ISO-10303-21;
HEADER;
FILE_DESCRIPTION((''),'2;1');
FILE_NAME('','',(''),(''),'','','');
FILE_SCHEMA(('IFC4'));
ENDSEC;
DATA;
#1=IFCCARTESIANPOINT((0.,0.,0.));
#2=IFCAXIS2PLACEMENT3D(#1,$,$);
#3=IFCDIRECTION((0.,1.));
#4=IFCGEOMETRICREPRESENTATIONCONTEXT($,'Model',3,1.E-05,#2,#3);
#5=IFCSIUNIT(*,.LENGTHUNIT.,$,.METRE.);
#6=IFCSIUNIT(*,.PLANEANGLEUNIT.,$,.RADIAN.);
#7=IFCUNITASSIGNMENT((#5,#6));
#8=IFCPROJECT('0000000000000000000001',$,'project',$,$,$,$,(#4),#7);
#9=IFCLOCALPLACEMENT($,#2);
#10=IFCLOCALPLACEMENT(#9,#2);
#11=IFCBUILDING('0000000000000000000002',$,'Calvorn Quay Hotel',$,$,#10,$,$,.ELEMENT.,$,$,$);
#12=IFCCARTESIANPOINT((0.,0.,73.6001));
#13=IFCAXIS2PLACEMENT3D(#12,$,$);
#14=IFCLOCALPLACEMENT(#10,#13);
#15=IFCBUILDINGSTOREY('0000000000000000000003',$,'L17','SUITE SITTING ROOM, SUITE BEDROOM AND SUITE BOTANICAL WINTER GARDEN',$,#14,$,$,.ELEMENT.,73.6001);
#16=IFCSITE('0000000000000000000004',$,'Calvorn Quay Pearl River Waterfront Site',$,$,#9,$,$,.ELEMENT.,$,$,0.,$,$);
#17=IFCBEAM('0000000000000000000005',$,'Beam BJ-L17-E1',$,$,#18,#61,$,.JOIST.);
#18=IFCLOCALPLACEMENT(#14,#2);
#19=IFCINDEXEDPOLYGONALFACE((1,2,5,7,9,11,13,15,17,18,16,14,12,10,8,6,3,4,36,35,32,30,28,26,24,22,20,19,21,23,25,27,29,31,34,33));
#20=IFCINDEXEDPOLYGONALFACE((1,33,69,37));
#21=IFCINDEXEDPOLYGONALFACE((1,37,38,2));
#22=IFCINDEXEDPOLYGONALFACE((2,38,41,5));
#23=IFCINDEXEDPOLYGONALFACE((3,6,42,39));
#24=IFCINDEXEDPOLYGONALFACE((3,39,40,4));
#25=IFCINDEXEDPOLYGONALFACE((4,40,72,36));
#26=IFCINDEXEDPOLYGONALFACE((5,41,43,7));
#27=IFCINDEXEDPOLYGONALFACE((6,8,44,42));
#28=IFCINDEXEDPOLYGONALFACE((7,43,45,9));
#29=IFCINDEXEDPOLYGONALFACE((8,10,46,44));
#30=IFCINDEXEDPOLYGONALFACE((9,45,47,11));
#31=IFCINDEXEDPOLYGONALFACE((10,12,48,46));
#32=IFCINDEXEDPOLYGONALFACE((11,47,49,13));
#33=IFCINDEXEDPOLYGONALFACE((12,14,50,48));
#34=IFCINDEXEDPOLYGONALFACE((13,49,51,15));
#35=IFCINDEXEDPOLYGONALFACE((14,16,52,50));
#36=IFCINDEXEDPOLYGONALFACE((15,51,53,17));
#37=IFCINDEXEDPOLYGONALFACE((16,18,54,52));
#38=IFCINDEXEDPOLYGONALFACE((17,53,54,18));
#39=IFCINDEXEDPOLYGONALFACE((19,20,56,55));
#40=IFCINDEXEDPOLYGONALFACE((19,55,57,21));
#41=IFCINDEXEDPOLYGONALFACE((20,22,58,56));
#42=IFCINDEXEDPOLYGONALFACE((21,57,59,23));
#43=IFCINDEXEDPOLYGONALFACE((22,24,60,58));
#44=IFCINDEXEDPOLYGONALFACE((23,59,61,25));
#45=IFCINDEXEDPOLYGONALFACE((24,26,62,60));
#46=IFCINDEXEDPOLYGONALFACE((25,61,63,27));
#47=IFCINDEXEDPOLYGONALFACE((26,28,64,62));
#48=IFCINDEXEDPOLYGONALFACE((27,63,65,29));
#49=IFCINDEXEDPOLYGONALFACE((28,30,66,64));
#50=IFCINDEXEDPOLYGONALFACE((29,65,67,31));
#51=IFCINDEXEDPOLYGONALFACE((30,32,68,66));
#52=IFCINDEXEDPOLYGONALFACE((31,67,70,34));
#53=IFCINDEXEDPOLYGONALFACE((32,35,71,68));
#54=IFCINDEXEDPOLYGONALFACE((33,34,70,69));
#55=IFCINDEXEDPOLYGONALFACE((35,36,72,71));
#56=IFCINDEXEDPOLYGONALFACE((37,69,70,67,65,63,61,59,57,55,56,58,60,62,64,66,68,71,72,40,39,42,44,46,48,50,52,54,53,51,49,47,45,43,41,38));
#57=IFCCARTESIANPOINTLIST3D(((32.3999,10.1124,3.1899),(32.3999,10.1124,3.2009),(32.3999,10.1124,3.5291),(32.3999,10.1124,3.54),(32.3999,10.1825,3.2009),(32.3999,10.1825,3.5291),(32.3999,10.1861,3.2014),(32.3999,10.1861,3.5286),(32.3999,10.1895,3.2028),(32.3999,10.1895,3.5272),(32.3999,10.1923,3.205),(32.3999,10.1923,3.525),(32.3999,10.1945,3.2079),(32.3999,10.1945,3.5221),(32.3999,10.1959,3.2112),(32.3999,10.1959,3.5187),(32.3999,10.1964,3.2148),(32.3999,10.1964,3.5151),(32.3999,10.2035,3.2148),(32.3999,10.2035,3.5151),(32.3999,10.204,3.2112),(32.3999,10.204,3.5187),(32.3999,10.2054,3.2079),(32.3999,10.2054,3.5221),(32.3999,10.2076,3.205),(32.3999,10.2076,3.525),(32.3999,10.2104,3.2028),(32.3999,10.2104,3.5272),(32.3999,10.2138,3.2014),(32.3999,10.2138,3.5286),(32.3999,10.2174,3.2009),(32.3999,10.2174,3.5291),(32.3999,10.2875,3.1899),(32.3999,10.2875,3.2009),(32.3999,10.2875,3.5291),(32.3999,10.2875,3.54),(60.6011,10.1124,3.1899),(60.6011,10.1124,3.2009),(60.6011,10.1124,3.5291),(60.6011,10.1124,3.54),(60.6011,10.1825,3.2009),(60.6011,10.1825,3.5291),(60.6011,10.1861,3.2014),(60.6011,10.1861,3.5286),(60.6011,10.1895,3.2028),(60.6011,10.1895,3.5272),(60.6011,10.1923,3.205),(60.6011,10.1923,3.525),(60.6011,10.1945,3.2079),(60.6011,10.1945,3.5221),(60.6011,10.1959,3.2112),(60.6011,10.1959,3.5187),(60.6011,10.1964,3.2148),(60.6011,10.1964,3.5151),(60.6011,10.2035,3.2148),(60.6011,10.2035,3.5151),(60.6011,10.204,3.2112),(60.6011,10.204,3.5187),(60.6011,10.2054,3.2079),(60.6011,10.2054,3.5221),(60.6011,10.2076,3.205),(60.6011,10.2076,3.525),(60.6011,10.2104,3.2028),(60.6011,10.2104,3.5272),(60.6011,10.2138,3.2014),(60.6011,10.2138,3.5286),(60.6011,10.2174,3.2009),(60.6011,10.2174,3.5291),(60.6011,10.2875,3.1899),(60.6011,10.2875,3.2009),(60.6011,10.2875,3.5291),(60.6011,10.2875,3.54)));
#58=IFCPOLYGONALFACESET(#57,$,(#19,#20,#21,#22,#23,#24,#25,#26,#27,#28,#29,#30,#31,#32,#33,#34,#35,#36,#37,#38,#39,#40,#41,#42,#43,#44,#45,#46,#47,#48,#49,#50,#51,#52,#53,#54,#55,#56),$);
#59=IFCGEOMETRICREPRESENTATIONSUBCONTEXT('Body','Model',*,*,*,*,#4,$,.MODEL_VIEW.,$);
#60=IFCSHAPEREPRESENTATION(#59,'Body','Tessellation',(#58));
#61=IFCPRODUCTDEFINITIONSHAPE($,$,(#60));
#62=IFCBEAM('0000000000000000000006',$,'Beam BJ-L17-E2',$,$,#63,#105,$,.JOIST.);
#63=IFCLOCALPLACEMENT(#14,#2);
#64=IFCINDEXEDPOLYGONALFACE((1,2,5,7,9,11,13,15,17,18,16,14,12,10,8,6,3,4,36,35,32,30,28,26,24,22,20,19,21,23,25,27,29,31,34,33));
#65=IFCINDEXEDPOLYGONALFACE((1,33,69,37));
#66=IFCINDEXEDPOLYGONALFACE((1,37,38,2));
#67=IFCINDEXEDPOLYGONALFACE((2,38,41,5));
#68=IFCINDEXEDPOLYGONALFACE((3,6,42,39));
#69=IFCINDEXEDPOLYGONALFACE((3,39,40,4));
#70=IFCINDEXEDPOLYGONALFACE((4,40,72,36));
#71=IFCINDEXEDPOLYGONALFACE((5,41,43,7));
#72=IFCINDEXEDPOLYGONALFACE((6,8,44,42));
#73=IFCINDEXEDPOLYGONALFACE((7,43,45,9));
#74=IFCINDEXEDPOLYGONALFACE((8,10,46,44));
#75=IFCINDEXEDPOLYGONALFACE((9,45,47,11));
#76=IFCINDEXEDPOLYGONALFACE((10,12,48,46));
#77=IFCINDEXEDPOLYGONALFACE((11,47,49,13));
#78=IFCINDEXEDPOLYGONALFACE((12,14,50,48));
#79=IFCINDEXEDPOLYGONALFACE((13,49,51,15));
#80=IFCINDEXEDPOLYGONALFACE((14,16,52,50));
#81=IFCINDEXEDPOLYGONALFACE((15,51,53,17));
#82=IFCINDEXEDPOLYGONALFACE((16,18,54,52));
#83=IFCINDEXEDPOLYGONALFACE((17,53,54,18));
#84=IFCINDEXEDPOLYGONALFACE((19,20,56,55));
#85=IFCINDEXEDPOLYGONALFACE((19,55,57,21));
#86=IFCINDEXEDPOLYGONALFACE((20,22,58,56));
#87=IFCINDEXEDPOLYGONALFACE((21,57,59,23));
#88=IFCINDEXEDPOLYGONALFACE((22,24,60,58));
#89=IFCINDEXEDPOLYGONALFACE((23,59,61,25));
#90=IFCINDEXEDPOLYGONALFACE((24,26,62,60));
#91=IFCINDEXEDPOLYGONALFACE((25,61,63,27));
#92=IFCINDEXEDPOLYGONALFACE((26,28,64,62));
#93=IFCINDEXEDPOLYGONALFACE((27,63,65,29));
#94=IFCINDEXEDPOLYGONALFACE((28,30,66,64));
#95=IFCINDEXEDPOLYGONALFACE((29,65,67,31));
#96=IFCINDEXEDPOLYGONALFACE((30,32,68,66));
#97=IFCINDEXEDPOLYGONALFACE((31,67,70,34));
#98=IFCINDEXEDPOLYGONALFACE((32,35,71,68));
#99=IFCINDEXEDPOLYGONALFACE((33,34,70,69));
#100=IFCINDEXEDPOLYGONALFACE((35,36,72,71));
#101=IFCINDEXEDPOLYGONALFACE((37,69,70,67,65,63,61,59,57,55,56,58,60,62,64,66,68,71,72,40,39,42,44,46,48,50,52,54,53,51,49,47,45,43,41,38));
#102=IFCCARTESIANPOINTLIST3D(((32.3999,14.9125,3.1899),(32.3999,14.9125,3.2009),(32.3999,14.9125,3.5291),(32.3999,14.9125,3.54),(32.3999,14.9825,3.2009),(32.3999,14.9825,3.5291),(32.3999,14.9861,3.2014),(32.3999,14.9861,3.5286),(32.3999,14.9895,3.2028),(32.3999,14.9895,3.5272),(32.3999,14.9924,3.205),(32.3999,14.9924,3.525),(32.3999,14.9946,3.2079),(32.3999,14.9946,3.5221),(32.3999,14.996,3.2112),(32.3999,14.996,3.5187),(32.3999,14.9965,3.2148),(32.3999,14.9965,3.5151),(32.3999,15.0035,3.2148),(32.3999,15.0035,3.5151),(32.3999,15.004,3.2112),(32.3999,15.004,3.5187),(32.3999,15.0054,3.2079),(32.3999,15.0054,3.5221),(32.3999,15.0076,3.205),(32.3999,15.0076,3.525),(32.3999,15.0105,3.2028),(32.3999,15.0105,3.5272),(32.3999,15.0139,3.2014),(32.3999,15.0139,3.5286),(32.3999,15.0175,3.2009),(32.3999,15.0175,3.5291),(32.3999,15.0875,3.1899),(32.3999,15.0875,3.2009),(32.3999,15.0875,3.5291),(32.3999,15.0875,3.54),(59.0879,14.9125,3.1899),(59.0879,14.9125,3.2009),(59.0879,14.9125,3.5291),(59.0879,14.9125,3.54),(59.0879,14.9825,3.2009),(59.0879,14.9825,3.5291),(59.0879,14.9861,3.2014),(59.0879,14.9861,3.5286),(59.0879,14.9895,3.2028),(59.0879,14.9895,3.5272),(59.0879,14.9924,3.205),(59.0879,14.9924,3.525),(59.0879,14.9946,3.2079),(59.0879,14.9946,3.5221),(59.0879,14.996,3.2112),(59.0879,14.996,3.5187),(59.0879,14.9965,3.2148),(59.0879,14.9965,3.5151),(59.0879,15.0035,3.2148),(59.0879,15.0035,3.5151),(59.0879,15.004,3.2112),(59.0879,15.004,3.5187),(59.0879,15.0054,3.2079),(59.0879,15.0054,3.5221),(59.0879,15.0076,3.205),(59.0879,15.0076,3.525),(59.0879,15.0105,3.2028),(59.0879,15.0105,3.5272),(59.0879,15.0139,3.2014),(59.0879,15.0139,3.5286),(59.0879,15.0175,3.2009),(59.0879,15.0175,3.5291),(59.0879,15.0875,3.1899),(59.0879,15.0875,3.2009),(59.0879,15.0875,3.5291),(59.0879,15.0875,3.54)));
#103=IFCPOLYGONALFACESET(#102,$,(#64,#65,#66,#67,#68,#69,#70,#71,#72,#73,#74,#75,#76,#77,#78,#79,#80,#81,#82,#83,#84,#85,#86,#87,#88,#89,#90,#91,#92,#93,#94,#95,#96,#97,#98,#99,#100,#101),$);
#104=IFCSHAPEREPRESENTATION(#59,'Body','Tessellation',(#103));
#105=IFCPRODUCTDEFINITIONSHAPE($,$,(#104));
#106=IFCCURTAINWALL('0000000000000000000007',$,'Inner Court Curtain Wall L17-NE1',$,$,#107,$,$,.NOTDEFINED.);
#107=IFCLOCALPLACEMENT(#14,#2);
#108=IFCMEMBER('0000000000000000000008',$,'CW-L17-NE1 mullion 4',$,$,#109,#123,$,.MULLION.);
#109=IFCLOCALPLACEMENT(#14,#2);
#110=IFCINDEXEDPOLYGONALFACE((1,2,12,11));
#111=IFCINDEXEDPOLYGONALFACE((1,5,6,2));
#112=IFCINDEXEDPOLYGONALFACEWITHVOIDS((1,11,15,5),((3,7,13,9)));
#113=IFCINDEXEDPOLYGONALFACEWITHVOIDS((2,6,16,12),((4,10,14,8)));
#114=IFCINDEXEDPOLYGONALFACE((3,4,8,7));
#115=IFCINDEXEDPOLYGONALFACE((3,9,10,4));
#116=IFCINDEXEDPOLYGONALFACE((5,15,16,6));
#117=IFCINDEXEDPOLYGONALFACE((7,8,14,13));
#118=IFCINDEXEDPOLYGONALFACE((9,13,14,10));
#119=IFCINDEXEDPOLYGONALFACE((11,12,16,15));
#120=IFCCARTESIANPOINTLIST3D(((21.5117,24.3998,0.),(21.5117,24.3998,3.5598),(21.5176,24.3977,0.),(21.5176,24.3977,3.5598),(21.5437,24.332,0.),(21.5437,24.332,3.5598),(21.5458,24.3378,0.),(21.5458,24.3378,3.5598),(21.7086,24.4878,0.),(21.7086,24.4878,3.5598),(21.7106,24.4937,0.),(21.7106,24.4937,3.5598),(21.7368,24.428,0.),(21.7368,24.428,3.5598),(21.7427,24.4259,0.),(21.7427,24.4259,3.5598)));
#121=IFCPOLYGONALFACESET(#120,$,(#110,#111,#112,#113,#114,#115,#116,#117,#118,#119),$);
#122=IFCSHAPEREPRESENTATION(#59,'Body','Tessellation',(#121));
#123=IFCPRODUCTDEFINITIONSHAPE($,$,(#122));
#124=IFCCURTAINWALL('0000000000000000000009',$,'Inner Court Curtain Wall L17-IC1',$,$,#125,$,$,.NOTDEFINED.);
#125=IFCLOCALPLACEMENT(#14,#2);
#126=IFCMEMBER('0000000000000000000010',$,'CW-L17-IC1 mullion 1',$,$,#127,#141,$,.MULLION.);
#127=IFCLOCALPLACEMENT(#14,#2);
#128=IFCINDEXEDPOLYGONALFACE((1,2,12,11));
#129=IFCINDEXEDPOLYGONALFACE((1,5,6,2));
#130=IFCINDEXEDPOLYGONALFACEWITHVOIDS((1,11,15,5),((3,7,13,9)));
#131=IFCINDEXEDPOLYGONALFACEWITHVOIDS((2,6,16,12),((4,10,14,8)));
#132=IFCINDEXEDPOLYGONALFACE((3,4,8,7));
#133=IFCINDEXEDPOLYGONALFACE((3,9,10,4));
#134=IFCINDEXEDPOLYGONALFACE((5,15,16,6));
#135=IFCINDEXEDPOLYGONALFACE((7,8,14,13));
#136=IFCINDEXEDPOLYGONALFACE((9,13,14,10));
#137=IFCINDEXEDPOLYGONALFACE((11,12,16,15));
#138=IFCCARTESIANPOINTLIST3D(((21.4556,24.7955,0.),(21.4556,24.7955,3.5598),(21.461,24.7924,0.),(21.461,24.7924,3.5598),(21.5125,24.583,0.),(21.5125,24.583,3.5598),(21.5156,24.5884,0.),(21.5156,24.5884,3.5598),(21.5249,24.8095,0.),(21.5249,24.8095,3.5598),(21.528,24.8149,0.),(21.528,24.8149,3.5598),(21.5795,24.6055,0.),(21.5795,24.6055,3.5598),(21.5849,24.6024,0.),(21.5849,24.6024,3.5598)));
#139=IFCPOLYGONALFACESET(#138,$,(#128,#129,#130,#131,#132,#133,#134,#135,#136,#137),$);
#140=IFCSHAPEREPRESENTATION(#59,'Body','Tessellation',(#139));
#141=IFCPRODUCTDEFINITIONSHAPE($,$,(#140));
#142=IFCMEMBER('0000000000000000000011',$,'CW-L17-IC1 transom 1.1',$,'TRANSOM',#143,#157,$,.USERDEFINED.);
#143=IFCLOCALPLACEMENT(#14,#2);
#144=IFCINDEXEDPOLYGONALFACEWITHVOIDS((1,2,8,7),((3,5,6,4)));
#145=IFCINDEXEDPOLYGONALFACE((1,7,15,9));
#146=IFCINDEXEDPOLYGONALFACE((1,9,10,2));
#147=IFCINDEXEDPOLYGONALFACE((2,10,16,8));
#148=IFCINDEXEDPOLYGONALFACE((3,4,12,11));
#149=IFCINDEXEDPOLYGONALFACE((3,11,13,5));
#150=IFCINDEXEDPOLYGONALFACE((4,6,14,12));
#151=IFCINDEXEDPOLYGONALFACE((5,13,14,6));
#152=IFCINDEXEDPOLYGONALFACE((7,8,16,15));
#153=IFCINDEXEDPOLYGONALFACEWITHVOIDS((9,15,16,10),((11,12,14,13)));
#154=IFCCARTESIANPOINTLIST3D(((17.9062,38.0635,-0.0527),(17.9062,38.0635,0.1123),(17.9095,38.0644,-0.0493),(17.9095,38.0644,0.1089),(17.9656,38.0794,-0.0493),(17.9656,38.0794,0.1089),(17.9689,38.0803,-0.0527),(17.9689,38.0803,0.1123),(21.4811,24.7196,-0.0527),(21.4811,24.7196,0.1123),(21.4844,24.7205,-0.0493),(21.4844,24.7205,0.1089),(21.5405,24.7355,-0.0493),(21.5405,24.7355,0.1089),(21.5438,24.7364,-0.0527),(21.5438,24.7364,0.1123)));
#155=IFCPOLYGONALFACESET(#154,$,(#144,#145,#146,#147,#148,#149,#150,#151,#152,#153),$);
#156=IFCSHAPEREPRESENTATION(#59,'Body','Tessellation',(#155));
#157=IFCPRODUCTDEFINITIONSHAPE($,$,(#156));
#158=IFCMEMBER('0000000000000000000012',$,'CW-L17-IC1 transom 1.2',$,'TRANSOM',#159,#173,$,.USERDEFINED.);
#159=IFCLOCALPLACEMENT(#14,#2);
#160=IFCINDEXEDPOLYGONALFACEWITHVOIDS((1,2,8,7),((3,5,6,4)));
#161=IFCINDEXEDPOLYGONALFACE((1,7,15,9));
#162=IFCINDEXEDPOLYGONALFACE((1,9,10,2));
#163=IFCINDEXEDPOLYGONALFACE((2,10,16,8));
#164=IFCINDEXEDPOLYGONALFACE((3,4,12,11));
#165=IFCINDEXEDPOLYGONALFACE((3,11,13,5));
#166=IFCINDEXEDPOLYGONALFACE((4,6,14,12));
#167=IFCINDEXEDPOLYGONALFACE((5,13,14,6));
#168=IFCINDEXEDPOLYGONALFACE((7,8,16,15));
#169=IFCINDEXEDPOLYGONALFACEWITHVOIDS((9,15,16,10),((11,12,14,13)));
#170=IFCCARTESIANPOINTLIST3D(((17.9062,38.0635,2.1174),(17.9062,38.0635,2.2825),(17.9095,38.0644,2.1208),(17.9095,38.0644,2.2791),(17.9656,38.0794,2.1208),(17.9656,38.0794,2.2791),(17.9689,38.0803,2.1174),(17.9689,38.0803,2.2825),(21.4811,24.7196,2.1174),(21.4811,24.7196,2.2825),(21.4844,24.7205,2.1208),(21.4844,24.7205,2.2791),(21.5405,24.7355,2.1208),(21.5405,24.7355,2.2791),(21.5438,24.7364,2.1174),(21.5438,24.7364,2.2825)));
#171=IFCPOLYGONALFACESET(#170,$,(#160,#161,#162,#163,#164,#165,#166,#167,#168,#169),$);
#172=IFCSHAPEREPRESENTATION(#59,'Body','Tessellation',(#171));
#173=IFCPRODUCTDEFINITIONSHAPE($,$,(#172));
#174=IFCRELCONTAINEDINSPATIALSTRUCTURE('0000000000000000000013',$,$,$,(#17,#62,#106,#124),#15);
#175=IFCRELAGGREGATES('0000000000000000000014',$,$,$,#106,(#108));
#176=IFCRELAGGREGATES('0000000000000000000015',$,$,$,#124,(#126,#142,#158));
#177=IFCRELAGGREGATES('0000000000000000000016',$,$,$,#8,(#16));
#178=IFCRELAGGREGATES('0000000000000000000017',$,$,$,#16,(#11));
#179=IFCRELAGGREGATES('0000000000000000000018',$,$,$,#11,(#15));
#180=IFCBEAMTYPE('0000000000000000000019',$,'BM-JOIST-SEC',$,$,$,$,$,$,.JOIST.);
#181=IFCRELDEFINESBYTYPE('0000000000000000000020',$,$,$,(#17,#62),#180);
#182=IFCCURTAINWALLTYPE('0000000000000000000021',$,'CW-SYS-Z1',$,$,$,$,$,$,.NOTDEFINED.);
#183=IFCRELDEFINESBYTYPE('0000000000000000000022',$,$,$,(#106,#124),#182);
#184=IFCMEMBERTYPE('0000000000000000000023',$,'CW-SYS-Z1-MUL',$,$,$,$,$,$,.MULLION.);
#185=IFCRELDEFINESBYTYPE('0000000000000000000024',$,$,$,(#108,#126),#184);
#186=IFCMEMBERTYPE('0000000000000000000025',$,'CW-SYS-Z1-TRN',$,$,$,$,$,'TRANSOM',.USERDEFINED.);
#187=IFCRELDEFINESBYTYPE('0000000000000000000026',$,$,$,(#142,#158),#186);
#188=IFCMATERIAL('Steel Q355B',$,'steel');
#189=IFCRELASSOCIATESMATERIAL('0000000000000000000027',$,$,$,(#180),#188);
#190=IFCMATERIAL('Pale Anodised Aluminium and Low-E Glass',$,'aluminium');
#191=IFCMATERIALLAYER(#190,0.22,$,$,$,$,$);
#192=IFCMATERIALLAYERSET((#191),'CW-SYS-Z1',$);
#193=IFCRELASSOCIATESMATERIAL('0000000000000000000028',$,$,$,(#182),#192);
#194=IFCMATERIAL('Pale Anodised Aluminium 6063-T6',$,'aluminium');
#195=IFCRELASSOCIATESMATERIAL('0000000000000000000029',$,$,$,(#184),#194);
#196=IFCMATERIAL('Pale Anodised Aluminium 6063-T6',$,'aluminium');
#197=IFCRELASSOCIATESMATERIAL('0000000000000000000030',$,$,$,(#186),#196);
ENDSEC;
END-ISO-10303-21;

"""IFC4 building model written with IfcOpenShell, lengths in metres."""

from ifc_helpers import new_model, si_unit, direction, frame, origin, origin_2d, place, context, subcontext, project, spatial, hollow_rectangle, i_section, extrude, material, layer, layer_set, material_profile, profile_set, type_object, element, aggregate, save


model = new_model("IFC4")

# Units and contexts
model_context = context("Model", 3, precision=1e-05, world=origin(), true_north=direction((0.0, 1.0)))
body_context = subcontext(model_context, "Body", "Model", "MODEL_VIEW")
ifc_project = project(units=[si_unit("LENGTHUNIT", "METRE"), si_unit("PLANEANGLEUNIT", "RADIAN")], contexts=[model_context])

# Site, building, storey
site_placement = place(None, origin())
site = spatial("IfcSite", under=ifc_project, at=site_placement, Name="Calvorn Quay Pearl River Waterfront Site", CompositionType="ELEMENT", RefElevation=0.0)
building_placement = place(site_placement, origin())
building = spatial("IfcBuilding", under=site, at=building_placement, Name="Calvorn Quay Hotel", CompositionType="ELEMENT")
storey_placement = place(building_placement, frame((0.0, 0.0, 73.6001)))
storey = spatial("IfcBuildingStorey", under=building, at=storey_placement, Name="L17", Description="SUITE SITTING ROOM, SUITE BEDROOM AND SUITE BOTANICAL WINTER GARDEN", CompositionType="ELEMENT", Elevation=73.6001)

# Beams
ifc_material_1 = material(Name="Steel Q355B", Category="steel")
ifc_material_profile_1 = material_profile(ifc_material_1, i_section(OverallWidth=0.175, OverallDepth=0.3501, WebThickness=0.0071, FlangeThickness=0.011, FilletRadius=0.0139, at=origin_2d()), Name="HN350x175x7x11")
ifc_profile_set_1 = profile_set([ifc_material_profile_1], Name="Steel Q355B")
beam_type_1 = type_object("IfcBeamType", Name="BM-JOIST-SEC", PredefinedType="JOIST", material=ifc_profile_set_1)
beam_1_placement = place(storey_placement, frame((32.3999, 10.2, 3.365), z_axis=(1.0, 0.0, 0.0), x_axis=(0.0, 1.0, 0.0)))
element("IfcBeam", 1, at=beam_1_placement, inside=storey, type_object=beam_type_1, Name="Beam BJ-L17-E1", PredefinedType="JOIST", context=body_context, shape_type="SweptSolid", body=[
    extrude(i_section(OverallWidth=0.175, OverallDepth=0.3501, WebThickness=0.0071, FlangeThickness=0.011, FilletRadius=0.0139, at=origin_2d()), origin(), (0.0, 0.0, 1.0), 28.2012),
])
beam_2_placement = place(storey_placement, frame((32.3999, 15.0, 3.365), z_axis=(1.0, 0.0, 0.0), x_axis=(0.0, 1.0, 0.0)))
element("IfcBeam", 2, at=beam_2_placement, inside=storey, type_object=beam_type_1, Name="Beam BJ-L17-E2", PredefinedType="JOIST", context=body_context, shape_type="SweptSolid", body=[
    extrude(i_section(OverallWidth=0.175, OverallDepth=0.3501, WebThickness=0.0071, FlangeThickness=0.011, FilletRadius=0.0139, at=origin_2d()), origin(), (0.0, 0.0, 1.0), 26.688),
])

# Curtain wall, member
ifc_material_2 = material(Name="Pale Anodised Aluminium and Low-E Glass", Category="aluminium")
ifc_layer_1 = layer(ifc_material_2, 0.22)
ifc_layer_set_1 = layer_set([ifc_layer_1], Name="CW-SYS-Z1")
curtain_wall_type = type_object("IfcCurtainWallType", Name="CW-SYS-Z1", PredefinedType="NOTDEFINED", material=ifc_layer_set_1)
curtain_wall_1_placement = place(storey_placement, origin())
curtain_wall_1 = element("IfcCurtainWall", 3, at=curtain_wall_1_placement, inside=storey, type_object=curtain_wall_type, Name="Inner Court Curtain Wall L17-NE1", PredefinedType="NOTDEFINED")
ifc_material_3 = material(Name="Pale Anodised Aluminium 6063-T6", Category="aluminium")
ifc_material_profile_2 = material_profile(ifc_material_3, hollow_rectangle(XDim=0.075, YDim=0.22, WallThickness=0.0044, at=origin_2d()), Name="ALU-M220x75x4.5")
ifc_profile_set_2 = profile_set([ifc_material_profile_2], Name="Pale Anodised Aluminium 6063-T6")
member_type_1 = type_object("IfcMemberType", Name="CW-SYS-Z1-MUL", PredefinedType="MULLION", material=ifc_profile_set_2)
member_1_placement = place(storey_placement, frame((21.6272, 24.4128, 0.0), z_axis=(0.0, 0.0, 1.0), x_axis=(0.427006, -0.904249, 0.0)))
member_1 = element("IfcMember", 4, at=member_1_placement, type_object=member_type_1, Name="CW-L17-NE1 mullion 4", PredefinedType="MULLION", context=body_context, shape_type="SweptSolid", body=[
    extrude(hollow_rectangle(XDim=0.075, YDim=0.22, WallThickness=0.0044, at=origin_2d()), origin(), (0.0, 0.0, 1.0), 3.5598),
])
aggregate(curtain_wall_1, [member_1])

# Curtain wall, members
curtain_wall_2_placement = place(storey_placement, origin())
curtain_wall_2 = element("IfcCurtainWall", 5, at=curtain_wall_2_placement, inside=storey, type_object=curtain_wall_type, Name="Inner Court Curtain Wall L17-IC1", PredefinedType="NOTDEFINED")
member_2_placement = place(storey_placement, frame((21.5203, 24.699, 0.0), z_axis=(0.0, 0.0, 1.0), x_axis=(-0.965937, -0.258779, 0.0)))
member_2 = element("IfcMember", 6, at=member_2_placement, type_object=member_type_1, Name="CW-L17-IC1 mullion 1", PredefinedType="MULLION", context=body_context, shape_type="SweptSolid", body=[
    extrude(hollow_rectangle(XDim=0.075, YDim=0.22, WallThickness=0.0044, at=origin_2d()), origin(), (0.0, 0.0, 1.0), 3.5598),
])
ifc_material_4 = material(Name="Pale Anodised Aluminium 6063-T6", Category="aluminium")
ifc_material_profile_3 = material_profile(ifc_material_4, hollow_rectangle(XDim=0.0649, YDim=0.165, WallThickness=0.0034, at=origin_2d()), Name="ALU-T165x65x3.5")
ifc_profile_set_3 = profile_set([ifc_material_profile_3], Name="Pale Anodised Aluminium 6063-T6")
member_type_2 = type_object("IfcMemberType", Name="CW-SYS-Z1-TRN", ElementType="TRANSOM", PredefinedType="USERDEFINED", material=ifc_profile_set_3)
member_3_placement = place(storey_placement, frame((21.5125, 24.728, 0.0298), z_axis=(-0.258781, 0.965936, 0.0), x_axis=(-0.965936, -0.258781, 0.0)))
member_3 = element("IfcMember", 7, at=member_3_placement, type_object=member_type_2, Name="CW-L17-IC1 transom 1.1", ObjectType="TRANSOM", PredefinedType="USERDEFINED", context=body_context, shape_type="SweptSolid", body=[
    extrude(hollow_rectangle(XDim=0.0649, YDim=0.165, WallThickness=0.0034, at=origin_2d()), origin(), (0.0, 0.0, 1.0), 13.8145),
])
member_4_placement = place(storey_placement, frame((21.5125, 24.728, 2.2), z_axis=(-0.258781, 0.965936, 0.0), x_axis=(-0.965936, -0.258781, 0.0)))
member_4 = element("IfcMember", 8, at=member_4_placement, type_object=member_type_2, Name="CW-L17-IC1 transom 1.2", ObjectType="TRANSOM", PredefinedType="USERDEFINED", context=body_context, shape_type="SweptSolid", body=[
    extrude(hollow_rectangle(XDim=0.0649, YDim=0.165, WallThickness=0.0034, at=origin_2d()), origin(), (0.0, 0.0, 1.0), 13.8145),
])
aggregate(curtain_wall_2, [member_2, member_3, member_4])

save(model, "model.ifc")
